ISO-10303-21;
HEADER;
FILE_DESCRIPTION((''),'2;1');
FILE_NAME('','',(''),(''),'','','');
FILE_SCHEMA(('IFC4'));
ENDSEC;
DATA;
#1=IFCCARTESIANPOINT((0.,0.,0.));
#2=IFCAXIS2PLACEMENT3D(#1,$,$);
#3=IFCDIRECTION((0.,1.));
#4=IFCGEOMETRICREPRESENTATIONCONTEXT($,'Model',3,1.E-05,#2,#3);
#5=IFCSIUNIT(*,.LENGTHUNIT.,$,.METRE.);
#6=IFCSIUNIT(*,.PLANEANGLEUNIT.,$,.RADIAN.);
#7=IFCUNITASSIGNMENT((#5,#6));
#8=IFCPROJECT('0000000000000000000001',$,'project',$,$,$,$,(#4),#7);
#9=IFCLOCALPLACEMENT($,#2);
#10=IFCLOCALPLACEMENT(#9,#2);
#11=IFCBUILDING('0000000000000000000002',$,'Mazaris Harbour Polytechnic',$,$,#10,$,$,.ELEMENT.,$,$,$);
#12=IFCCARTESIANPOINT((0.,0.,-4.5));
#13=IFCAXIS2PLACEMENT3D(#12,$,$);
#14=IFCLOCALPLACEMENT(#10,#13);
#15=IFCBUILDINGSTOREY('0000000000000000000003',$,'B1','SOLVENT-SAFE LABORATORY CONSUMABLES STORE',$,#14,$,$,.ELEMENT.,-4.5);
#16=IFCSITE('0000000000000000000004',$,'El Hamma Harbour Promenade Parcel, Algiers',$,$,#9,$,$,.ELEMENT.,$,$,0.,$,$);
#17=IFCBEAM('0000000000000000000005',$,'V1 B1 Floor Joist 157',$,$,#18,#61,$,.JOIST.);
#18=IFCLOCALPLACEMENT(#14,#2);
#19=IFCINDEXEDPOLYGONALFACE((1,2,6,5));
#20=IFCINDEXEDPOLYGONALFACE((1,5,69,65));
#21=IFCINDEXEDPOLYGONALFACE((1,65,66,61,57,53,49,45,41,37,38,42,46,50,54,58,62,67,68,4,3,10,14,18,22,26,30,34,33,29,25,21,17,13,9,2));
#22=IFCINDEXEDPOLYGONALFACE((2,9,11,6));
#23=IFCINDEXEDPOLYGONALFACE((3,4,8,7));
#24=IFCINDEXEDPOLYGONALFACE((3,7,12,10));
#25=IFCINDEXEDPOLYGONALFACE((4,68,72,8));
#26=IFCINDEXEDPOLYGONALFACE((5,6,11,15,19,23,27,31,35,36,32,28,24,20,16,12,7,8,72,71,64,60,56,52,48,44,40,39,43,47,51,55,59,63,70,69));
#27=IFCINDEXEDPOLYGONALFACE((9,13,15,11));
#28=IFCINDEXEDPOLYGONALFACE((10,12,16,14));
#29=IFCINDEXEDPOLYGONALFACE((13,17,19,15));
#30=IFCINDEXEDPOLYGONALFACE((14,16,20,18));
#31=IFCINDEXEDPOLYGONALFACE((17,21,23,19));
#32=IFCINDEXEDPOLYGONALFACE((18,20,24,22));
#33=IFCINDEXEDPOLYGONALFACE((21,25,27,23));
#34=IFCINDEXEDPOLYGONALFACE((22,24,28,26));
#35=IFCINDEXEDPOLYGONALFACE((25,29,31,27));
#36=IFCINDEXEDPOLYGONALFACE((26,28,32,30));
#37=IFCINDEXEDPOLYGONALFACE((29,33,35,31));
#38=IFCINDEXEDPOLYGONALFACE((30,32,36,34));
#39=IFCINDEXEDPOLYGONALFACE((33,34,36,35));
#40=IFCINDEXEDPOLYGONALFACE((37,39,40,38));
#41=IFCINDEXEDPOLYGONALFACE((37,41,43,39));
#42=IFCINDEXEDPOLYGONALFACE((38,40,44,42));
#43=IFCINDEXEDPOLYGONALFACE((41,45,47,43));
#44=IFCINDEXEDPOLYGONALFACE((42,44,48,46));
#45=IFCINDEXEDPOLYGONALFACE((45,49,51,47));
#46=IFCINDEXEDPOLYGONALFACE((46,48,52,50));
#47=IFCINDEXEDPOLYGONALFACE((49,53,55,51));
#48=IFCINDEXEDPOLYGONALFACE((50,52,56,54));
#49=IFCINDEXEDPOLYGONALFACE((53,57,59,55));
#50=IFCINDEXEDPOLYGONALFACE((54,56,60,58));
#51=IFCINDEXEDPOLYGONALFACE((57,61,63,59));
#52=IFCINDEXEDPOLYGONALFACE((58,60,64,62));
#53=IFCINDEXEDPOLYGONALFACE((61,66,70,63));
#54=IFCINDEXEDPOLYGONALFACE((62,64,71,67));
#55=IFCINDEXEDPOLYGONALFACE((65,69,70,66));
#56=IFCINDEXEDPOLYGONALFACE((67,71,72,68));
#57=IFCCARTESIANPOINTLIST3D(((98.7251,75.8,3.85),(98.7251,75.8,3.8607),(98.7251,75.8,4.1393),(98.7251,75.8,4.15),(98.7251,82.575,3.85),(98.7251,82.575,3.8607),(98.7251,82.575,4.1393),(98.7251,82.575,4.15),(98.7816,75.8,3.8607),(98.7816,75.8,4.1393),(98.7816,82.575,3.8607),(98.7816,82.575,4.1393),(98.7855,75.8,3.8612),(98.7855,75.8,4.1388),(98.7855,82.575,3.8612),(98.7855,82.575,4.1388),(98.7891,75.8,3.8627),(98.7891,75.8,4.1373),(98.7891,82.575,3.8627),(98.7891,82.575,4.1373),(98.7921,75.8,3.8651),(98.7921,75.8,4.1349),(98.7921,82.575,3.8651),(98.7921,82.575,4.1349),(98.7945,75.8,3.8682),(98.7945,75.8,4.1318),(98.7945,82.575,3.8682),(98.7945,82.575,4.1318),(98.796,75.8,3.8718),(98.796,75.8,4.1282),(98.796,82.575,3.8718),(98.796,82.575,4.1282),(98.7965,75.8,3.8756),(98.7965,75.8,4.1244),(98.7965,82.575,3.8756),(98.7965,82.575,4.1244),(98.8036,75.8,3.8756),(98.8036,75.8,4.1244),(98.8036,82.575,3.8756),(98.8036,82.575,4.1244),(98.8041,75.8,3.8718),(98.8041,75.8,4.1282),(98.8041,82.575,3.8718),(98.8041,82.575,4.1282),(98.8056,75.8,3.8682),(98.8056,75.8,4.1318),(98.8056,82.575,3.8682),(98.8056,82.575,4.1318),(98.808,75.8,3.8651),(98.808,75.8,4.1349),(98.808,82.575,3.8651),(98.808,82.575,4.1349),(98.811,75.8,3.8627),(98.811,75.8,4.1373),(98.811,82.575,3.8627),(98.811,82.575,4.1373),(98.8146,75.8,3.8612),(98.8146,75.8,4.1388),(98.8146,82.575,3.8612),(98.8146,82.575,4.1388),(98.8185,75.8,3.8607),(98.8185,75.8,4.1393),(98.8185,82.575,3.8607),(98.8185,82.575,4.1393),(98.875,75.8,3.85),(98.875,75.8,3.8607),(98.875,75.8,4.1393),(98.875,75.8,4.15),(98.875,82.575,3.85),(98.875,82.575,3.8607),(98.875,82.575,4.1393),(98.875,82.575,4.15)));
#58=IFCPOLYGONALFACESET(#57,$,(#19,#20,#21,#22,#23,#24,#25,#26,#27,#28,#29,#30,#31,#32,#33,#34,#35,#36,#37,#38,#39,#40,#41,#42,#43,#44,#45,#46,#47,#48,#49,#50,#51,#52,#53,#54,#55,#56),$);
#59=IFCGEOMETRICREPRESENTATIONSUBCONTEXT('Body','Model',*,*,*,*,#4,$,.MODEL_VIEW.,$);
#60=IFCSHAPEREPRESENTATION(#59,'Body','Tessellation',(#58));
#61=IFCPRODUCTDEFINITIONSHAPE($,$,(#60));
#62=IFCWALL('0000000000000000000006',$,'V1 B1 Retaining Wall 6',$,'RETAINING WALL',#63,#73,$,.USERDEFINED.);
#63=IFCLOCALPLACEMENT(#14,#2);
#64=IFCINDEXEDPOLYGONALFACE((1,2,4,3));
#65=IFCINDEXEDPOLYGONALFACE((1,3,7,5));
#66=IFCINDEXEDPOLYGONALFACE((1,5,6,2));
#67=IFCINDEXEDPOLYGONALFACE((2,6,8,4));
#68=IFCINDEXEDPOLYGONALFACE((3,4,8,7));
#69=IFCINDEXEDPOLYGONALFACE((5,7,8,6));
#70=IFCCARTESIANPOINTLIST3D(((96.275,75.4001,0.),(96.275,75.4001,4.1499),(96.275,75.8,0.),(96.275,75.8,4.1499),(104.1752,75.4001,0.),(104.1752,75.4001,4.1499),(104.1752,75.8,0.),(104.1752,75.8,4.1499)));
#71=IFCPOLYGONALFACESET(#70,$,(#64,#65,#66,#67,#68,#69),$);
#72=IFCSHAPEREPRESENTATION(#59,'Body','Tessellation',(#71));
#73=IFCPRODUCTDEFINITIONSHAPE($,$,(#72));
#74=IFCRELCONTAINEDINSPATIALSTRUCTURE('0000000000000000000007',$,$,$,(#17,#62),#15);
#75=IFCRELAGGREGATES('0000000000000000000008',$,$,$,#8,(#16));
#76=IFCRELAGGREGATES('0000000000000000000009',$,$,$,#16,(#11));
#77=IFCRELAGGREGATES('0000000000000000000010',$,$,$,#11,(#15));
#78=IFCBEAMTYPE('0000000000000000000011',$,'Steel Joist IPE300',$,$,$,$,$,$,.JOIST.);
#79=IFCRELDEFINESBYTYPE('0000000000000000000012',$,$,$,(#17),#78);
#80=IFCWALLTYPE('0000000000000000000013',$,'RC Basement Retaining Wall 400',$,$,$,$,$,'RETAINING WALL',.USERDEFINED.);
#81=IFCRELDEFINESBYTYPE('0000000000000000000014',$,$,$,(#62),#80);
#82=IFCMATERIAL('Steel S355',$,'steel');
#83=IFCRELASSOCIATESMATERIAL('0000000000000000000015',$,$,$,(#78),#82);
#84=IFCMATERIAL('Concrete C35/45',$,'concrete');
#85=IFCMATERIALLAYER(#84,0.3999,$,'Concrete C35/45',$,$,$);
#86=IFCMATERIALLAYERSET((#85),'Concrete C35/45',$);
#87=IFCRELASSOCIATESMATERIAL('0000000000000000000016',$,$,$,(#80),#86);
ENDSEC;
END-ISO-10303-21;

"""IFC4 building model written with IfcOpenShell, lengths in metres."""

from ifc_helpers import new_model, si_unit, direction, frame, frame_2d, origin, origin_2d, place, context, subcontext, project, spatial, rectangle, i_section, extrude, material, layer, layer_set, material_profile, profile_set, type_object, element, save


model = new_model("IFC4")

# Units and contexts
model_context = context("Model", 3, precision=1e-05, world=origin(), true_north=direction((0.0, 1.0)))
body_context = subcontext(model_context, "Body", "Model", "MODEL_VIEW")
ifc_project = project(units=[si_unit("LENGTHUNIT", "METRE"), si_unit("PLANEANGLEUNIT", "RADIAN")], contexts=[model_context])

# Site, building, storey
site_placement = place(None, origin())
site = spatial("IfcSite", under=ifc_project, at=site_placement, Name="El Hamma Harbour Promenade Parcel, Algiers", CompositionType="ELEMENT", RefElevation=0.0)
building_placement = place(site_placement, origin())
building = spatial("IfcBuilding", under=site, at=building_placement, Name="Mazaris Harbour Polytechnic", CompositionType="ELEMENT")
storey_placement = place(building_placement, frame((0.0, 0.0, -4.5)))
storey = spatial("IfcBuildingStorey", under=building, at=storey_placement, Name="B1", Description="SOLVENT-SAFE LABORATORY CONSUMABLES STORE", CompositionType="ELEMENT", Elevation=-4.5)

# Beam
ifc_material_1 = material(Name="Steel S355", Category="steel")
ifc_material_profile_1 = material_profile(ifc_material_1, i_section(OverallWidth=0.1499, OverallDepth=0.3, WebThickness=0.0071, FlangeThickness=0.0107, FilletRadius=0.0149, at=origin_2d()), Name="IPE 300")
ifc_profile_set_1 = profile_set([ifc_material_profile_1], Name="Steel S355")
beam_type_1 = type_object("IfcBeamType", Name="Steel Joist IPE300", PredefinedType="JOIST", material=ifc_profile_set_1)
beam_1_placement = place(storey_placement, frame((98.8, 75.8, 4.0), z_axis=(0.0, 1.0, 0.0), x_axis=(-1.0, 0.0, 0.0)))
element("IfcBeam", 1, at=beam_1_placement, inside=storey, type_object=beam_type_1, Name="V1 B1 Floor Joist 157", PredefinedType="JOIST", context=body_context, shape_type="SweptSolid", body=[
    extrude(i_section(OverallWidth=0.1499, OverallDepth=0.3, WebThickness=0.0071, FlangeThickness=0.0107, FilletRadius=0.0149, at=origin_2d()), origin(), (0.0, 0.0, 1.0), 6.7749),
])

# Wall
ifc_material_2 = material(Name="Concrete C35/45", Category="concrete")
ifc_layer = layer(ifc_material_2, 0.3999, Name="Concrete C35/45")
ifc_layer_set = layer_set([ifc_layer], Name="Concrete C35/45")
wall_type = type_object("IfcWallType", Name="RC Basement Retaining Wall 400", ElementType="RETAINING WALL", PredefinedType="USERDEFINED", material=ifc_layer_set)
wall_placement = place(storey_placement, frame((96.2749, 75.6001, 0.0), z_axis=(0.0, 0.0, 1.0), x_axis=(1.0, 0.0, 0.0)))
element("IfcWall", 2, at=wall_placement, inside=storey, type_object=wall_type, Name="V1 B1 Retaining Wall 6", ObjectType="RETAINING WALL", PredefinedType="USERDEFINED", context=body_context, shape_type="SweptSolid", body=[
    extrude(rectangle(XDim=7.9001, YDim=0.3999, at=frame_2d((3.9502, 0.0))), origin(), (0.0, 0.0, 1.0), 4.1499),
])

save(model, "model.ifc")
